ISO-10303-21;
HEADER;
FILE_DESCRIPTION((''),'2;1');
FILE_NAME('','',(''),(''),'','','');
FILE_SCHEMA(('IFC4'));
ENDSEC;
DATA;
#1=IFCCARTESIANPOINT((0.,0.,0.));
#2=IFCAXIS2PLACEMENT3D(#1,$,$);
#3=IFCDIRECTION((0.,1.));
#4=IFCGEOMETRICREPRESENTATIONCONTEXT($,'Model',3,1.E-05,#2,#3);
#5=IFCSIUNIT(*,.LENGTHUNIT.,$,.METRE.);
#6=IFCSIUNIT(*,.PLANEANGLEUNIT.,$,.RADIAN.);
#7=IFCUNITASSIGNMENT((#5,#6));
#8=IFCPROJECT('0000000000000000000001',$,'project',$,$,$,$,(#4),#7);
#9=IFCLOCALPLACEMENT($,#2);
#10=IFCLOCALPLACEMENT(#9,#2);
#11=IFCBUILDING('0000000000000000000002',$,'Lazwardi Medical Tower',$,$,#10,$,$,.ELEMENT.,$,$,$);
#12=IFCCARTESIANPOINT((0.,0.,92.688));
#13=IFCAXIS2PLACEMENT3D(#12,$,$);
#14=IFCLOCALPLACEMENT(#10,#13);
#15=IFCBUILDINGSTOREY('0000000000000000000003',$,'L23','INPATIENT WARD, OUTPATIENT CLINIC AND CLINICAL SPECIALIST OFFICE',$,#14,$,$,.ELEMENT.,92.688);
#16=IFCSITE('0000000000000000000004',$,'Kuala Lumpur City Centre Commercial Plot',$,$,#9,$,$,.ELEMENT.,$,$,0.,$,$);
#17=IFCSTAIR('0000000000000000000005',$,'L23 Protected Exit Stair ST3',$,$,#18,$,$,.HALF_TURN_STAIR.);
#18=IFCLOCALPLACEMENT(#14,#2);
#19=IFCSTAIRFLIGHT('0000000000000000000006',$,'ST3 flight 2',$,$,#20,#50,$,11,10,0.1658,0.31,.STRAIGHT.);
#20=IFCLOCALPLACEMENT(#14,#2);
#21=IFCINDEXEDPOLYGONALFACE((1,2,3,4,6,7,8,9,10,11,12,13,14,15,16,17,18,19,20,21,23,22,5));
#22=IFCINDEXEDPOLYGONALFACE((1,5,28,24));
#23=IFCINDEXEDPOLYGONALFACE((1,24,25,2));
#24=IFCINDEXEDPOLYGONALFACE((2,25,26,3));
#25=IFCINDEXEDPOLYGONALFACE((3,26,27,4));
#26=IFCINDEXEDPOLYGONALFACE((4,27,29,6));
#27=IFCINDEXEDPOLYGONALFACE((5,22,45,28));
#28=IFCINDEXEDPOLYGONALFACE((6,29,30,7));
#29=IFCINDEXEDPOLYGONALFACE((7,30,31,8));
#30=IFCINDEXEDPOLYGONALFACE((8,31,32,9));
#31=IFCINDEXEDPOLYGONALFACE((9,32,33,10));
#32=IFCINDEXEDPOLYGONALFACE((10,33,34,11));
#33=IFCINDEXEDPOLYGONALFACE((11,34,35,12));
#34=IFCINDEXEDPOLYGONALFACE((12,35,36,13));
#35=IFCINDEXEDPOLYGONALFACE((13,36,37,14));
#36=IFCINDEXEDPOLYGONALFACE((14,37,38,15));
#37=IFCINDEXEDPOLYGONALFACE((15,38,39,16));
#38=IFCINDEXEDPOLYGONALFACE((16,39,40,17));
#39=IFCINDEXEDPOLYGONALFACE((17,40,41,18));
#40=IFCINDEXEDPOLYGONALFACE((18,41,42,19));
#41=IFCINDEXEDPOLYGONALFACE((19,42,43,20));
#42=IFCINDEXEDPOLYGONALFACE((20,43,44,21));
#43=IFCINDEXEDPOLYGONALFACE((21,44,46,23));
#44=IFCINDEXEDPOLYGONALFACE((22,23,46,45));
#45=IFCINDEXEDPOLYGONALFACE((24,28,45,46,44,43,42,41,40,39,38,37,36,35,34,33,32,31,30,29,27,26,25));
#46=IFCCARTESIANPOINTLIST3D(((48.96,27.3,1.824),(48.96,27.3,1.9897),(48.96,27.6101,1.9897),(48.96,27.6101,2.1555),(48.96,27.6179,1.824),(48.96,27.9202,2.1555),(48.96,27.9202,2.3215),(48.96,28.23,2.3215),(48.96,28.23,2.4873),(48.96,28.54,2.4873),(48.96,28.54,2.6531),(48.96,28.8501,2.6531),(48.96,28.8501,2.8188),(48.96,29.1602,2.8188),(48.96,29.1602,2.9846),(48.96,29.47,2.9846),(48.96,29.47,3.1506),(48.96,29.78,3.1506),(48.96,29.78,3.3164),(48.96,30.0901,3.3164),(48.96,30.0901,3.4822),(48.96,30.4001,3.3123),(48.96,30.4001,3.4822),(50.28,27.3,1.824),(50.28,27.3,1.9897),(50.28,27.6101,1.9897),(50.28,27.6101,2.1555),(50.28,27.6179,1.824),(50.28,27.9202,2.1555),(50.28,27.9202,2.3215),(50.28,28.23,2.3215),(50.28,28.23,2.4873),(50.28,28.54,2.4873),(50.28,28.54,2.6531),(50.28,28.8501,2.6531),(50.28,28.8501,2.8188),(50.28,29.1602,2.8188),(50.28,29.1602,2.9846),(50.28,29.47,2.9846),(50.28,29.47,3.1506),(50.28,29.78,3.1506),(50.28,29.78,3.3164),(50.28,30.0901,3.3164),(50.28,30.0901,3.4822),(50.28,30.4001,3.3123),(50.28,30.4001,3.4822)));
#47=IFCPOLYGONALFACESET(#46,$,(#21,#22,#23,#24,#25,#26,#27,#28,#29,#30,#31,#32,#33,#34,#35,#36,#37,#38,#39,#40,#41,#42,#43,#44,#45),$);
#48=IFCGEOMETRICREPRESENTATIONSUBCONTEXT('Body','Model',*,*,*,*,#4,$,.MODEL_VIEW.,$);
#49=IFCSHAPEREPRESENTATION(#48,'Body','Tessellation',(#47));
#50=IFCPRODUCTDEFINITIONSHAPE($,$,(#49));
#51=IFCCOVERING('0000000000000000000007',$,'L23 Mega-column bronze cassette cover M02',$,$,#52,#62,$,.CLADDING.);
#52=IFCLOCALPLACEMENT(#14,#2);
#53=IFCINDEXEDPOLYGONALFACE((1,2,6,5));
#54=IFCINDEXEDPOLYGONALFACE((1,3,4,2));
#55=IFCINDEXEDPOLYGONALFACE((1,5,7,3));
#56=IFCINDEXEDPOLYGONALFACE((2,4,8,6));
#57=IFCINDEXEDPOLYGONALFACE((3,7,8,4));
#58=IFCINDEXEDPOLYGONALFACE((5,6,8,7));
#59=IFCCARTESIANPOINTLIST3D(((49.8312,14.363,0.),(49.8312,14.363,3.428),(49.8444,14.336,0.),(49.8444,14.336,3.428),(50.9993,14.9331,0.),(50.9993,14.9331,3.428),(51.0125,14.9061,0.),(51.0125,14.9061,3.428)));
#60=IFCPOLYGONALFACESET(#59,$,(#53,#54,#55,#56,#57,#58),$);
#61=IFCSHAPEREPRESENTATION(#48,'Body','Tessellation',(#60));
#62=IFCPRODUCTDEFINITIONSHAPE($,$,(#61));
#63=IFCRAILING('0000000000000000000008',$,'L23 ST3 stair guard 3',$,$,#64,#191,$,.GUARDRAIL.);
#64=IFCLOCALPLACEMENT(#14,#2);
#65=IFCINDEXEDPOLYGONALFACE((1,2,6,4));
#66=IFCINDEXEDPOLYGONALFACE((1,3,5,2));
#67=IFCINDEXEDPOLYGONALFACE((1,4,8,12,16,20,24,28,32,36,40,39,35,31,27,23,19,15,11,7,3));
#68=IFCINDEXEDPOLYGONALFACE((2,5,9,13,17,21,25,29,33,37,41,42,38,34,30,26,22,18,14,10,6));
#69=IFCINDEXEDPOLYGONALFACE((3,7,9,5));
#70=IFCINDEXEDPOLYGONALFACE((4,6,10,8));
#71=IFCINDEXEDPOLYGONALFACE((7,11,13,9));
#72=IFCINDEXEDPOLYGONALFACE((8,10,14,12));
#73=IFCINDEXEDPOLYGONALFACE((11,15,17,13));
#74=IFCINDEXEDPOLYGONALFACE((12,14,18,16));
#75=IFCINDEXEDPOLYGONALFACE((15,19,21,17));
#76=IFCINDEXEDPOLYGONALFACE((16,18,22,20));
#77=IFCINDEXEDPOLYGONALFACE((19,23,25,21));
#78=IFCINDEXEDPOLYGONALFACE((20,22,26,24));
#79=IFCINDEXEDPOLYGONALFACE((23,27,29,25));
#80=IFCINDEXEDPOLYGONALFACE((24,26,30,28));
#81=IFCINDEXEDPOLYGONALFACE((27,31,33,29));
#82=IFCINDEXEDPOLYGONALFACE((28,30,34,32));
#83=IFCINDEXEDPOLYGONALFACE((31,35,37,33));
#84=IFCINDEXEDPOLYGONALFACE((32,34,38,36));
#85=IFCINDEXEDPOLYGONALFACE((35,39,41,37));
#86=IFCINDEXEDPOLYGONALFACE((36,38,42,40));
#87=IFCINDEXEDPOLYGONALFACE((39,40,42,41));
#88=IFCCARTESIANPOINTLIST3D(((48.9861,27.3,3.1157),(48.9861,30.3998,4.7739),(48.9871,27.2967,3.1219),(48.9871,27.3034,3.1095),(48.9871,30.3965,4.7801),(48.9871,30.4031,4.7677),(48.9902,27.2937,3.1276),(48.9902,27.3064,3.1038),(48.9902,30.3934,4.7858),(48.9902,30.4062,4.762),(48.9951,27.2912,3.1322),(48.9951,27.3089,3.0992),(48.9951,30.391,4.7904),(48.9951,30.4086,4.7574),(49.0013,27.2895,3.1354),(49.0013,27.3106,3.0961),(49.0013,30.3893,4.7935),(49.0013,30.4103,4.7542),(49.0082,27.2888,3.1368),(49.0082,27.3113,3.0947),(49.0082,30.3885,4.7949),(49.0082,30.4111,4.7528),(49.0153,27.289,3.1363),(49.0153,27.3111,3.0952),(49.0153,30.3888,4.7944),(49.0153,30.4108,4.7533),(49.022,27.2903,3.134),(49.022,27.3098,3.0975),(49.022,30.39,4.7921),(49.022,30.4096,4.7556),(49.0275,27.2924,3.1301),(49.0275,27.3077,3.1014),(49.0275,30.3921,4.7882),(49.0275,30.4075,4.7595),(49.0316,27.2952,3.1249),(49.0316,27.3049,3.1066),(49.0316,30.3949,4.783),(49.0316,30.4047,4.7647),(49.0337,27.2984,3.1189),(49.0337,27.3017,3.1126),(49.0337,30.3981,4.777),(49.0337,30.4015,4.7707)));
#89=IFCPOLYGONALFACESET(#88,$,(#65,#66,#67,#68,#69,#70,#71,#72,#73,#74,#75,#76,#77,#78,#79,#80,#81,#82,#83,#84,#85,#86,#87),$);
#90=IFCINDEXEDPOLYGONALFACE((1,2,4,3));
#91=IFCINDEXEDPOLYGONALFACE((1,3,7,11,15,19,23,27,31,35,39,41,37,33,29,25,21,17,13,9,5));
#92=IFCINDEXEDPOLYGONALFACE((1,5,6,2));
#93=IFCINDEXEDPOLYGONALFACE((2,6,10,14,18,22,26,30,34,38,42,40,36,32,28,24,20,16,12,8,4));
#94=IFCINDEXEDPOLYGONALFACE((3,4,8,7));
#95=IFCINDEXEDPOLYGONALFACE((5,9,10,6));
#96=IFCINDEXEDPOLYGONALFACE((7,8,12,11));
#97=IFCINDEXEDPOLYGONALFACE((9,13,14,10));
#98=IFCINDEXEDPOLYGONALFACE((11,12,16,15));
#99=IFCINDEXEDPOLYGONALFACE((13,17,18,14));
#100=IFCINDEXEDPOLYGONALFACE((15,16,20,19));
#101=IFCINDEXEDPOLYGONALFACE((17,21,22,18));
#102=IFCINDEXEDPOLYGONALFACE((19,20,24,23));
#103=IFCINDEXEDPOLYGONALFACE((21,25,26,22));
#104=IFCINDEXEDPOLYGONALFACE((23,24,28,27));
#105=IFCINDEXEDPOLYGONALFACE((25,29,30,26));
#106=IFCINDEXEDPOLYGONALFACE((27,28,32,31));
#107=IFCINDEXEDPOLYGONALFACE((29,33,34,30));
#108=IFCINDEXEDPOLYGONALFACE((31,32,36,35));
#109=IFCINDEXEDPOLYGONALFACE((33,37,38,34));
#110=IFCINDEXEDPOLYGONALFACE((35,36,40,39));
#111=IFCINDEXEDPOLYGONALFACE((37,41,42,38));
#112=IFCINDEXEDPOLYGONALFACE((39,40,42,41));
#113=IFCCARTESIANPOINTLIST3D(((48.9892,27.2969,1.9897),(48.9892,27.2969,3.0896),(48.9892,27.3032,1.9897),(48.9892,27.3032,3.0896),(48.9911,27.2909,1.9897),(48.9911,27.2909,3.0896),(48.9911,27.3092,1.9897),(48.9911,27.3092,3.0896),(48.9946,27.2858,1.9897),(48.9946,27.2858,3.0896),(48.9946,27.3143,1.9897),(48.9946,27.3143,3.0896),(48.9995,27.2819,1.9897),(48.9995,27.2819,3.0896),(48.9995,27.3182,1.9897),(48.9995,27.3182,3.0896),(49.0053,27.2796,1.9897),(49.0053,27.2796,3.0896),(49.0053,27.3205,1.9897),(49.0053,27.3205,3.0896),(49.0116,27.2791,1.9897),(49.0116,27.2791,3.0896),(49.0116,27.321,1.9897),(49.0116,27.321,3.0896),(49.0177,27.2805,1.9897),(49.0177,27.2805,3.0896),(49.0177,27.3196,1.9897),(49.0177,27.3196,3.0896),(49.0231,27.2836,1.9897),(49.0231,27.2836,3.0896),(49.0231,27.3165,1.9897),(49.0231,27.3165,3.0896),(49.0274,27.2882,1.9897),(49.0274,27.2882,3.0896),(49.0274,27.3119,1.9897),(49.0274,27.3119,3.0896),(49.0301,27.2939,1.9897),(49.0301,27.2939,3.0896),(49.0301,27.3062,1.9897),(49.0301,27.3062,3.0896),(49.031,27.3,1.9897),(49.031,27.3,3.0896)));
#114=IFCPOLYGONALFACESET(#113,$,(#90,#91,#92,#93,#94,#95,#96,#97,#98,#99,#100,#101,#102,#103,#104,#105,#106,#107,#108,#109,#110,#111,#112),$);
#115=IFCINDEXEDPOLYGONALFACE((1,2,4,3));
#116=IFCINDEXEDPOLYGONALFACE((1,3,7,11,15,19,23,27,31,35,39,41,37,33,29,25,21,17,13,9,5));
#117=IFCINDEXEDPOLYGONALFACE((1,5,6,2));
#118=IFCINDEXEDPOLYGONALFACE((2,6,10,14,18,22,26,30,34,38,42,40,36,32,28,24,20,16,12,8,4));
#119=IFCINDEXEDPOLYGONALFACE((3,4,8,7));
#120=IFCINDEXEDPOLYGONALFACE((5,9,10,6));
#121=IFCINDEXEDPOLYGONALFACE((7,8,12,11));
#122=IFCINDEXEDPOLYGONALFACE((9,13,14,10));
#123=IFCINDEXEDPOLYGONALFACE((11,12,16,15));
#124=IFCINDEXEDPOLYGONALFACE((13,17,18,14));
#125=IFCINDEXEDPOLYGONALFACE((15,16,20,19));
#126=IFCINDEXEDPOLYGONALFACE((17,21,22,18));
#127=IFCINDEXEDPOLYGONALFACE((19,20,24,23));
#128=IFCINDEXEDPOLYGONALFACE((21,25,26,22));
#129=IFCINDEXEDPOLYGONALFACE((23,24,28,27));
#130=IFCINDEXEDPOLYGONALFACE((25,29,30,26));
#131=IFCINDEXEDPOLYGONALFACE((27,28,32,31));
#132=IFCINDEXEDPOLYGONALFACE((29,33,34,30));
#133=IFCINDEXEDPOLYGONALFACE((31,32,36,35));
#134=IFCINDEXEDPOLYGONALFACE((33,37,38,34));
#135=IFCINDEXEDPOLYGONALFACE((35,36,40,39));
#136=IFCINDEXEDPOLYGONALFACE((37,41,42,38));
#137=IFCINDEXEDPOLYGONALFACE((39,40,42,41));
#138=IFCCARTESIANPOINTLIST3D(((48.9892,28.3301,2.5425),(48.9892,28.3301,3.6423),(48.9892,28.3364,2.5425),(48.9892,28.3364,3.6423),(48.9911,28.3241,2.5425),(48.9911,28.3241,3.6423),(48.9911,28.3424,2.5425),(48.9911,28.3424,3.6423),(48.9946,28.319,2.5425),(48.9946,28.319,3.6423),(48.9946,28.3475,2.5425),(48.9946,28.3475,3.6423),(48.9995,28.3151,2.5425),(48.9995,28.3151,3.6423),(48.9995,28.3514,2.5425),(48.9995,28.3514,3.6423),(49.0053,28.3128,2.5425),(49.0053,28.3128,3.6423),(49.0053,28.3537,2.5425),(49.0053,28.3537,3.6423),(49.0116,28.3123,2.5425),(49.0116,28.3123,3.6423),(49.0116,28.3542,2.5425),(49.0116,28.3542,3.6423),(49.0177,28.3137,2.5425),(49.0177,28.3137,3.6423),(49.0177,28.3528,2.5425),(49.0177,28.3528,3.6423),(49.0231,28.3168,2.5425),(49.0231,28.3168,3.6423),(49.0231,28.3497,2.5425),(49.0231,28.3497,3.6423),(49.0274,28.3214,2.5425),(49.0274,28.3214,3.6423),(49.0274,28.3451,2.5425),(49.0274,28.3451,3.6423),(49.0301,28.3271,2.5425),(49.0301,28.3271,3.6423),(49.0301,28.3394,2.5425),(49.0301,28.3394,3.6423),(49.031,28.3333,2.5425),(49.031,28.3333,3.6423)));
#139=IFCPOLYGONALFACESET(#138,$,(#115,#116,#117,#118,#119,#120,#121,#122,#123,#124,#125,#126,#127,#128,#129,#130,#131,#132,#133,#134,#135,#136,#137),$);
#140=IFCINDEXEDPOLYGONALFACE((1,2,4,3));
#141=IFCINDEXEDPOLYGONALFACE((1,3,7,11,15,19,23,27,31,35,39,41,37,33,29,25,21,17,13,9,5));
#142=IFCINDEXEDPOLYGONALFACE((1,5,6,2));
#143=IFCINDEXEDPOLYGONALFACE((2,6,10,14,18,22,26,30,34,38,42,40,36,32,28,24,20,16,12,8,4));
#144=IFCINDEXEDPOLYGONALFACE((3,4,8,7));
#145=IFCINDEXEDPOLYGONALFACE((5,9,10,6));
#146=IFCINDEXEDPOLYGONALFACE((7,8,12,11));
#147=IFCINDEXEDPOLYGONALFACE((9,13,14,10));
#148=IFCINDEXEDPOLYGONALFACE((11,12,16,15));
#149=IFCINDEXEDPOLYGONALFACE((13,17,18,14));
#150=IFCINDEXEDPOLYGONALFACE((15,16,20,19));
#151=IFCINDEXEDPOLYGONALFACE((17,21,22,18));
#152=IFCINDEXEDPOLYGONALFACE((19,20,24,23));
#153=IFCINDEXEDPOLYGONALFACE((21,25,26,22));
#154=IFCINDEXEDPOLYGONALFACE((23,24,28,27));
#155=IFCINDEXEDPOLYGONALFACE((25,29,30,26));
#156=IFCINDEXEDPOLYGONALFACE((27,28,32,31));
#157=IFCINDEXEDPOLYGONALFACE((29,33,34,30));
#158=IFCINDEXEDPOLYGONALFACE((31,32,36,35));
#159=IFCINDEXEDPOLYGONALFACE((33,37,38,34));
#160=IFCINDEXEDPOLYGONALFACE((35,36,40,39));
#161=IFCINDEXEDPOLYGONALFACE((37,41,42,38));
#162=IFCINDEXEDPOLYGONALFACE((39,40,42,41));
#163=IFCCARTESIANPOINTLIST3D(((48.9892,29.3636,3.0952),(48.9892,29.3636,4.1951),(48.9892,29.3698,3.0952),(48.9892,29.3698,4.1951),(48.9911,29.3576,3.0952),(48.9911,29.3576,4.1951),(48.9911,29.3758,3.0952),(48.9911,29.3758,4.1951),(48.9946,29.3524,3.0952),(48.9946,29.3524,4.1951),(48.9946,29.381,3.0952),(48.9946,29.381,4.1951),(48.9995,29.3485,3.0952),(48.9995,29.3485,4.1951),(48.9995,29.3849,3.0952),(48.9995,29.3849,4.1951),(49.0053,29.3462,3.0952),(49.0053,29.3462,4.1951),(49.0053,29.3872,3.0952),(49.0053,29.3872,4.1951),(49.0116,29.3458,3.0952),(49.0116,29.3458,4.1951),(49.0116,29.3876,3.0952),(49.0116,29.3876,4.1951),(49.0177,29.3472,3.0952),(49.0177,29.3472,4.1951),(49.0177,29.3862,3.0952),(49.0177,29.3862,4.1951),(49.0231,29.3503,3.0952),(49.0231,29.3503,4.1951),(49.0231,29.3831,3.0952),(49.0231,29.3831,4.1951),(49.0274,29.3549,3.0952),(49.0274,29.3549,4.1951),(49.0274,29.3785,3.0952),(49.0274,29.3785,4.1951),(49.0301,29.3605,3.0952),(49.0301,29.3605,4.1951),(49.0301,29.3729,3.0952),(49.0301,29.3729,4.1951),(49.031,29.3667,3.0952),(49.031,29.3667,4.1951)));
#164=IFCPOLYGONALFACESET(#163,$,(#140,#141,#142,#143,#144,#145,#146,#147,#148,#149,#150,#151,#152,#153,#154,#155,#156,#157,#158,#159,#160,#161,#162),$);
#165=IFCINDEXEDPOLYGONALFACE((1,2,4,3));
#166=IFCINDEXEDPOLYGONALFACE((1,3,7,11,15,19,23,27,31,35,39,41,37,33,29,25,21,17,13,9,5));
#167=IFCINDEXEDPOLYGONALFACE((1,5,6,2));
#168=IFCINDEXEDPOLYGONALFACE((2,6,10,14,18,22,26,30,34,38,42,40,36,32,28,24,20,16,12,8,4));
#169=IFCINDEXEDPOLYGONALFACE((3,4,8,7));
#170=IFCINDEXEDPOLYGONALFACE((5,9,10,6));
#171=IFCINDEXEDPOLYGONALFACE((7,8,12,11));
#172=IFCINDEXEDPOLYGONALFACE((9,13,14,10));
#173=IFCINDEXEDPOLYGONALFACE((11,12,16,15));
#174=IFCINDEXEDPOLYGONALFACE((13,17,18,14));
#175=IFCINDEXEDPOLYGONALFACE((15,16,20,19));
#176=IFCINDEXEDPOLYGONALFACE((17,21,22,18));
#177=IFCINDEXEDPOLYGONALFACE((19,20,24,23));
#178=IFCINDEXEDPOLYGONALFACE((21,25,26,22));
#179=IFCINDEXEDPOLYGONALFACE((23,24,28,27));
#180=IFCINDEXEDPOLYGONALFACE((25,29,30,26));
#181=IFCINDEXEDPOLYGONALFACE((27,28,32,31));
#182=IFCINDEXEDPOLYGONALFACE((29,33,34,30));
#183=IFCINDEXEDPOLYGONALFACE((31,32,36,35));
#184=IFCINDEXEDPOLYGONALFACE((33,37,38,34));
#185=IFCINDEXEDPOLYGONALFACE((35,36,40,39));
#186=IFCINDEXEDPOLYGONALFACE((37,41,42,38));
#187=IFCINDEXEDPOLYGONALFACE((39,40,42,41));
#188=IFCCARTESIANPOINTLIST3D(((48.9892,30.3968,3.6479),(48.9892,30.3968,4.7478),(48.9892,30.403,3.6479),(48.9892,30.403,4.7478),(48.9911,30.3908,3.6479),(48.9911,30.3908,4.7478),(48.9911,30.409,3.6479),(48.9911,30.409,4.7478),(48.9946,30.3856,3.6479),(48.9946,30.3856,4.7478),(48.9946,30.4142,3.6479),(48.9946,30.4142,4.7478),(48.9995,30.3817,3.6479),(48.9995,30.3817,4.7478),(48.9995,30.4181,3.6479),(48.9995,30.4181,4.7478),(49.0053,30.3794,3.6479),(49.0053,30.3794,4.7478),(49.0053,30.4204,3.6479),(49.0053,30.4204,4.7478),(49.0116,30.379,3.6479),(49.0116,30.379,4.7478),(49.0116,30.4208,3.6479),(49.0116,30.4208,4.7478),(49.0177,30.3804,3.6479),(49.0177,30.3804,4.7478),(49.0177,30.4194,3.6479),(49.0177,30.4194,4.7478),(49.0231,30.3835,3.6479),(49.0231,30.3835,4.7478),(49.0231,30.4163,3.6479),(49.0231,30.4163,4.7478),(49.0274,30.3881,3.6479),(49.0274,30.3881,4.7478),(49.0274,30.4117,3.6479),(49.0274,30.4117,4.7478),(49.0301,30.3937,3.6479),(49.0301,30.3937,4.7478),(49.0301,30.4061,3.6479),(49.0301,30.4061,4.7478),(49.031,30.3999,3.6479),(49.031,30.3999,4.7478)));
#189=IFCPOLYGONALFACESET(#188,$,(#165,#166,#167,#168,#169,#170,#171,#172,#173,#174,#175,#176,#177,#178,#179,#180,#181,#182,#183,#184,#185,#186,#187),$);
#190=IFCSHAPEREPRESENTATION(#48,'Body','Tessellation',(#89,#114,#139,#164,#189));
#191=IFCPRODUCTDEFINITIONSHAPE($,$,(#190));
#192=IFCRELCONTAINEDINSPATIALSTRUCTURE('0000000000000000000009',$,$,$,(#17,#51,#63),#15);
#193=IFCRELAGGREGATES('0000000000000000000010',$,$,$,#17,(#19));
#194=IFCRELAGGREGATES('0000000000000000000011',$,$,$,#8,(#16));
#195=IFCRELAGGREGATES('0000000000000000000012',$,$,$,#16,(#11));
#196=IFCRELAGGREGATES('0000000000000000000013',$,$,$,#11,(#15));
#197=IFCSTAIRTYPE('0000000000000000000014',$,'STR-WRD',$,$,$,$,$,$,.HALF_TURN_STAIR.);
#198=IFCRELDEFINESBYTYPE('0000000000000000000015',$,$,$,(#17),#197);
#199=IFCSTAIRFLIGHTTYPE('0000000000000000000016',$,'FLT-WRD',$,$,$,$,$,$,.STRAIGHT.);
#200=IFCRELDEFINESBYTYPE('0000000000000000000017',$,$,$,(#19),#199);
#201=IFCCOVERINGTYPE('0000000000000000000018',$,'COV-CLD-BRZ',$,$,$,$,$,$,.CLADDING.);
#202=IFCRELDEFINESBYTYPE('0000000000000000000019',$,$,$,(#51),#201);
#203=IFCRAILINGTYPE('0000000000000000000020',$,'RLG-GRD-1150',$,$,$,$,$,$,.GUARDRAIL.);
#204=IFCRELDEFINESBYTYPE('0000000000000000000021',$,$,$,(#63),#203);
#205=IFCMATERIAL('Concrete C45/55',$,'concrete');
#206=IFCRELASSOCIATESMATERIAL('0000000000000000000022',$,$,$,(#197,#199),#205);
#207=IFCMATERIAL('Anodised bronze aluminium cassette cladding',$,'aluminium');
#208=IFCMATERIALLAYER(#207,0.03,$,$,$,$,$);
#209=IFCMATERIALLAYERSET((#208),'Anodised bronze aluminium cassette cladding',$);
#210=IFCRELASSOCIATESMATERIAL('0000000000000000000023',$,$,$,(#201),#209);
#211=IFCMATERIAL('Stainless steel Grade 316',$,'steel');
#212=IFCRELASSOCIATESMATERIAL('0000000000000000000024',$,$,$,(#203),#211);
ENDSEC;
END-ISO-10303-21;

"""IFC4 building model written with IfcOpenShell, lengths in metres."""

from ifc_helpers import new_model, si_unit, direction, frame, origin, origin_2d, place, context, subcontext, project, spatial, polyline, rectangle, circle, outline, extrude, material, layer, layer_set, type_object, element, aggregate, save


model = new_model("IFC4")

# Units and contexts
model_context = context("Model", 3, precision=1e-05, world=origin(), true_north=direction((0.0, 1.0)))
body_context = subcontext(model_context, "Body", "Model", "MODEL_VIEW")
ifc_project = project(units=[si_unit("LENGTHUNIT", "METRE"), si_unit("PLANEANGLEUNIT", "RADIAN")], contexts=[model_context])

# Site, building, storey
site_placement = place(None, origin())
site = spatial("IfcSite", under=ifc_project, at=site_placement, Name="Kuala Lumpur City Centre Commercial Plot", CompositionType="ELEMENT", RefElevation=0.0)
building_placement = place(site_placement, origin())
building = spatial("IfcBuilding", under=site, at=building_placement, Name="Lazwardi Medical Tower", CompositionType="ELEMENT")
storey_placement = place(building_placement, frame((0.0, 0.0, 92.688)))
storey = spatial("IfcBuildingStorey", under=building, at=storey_placement, Name="L23", Description="INPATIENT WARD, OUTPATIENT CLINIC AND CLINICAL SPECIALIST OFFICE", CompositionType="ELEMENT", Elevation=92.688)

# Stair, stair flight
ifc_material_1 = material(Name="Concrete C45/55", Category="concrete")
stair_type = type_object("IfcStairType", Name="STR-WRD", PredefinedType="HALF_TURN_STAIR", material=ifc_material_1)
stair_placement = place(storey_placement, origin())
stair = element("IfcStair", 1, at=stair_placement, inside=storey, type_object=stair_type, Name="L23 Protected Exit Stair ST3", PredefinedType="HALF_TURN_STAIR")
stair_flight_type = type_object("IfcStairFlightType", Name="FLT-WRD", PredefinedType="STRAIGHT", material=ifc_material_1)
stair_flight_placement = place(storey_placement, frame((49.6201, 27.3, 1.824), z_axis=(0.0, 0.0, 1.0), x_axis=(0.0, 1.0, 0.0)))
stair_flight = element("IfcStairFlight", 2, at=stair_flight_placement, type_object=stair_flight_type, Name="ST3 flight 2", NumberOfRisers=11, NumberOfTreads=10, PredefinedType="STRAIGHT", RiserHeight=0.1658, TreadLength=0.31, context=body_context, shape_type="SweptSolid", body=[
    extrude(outline(polyline([(0.0, 0.0), (0.0, 0.1658), (0.3101, 0.1658), (0.3101, 0.3315), (0.6201, 0.3315), (0.6201, 0.4976), (0.9299, 0.4976), (0.9299, 0.6633), (1.24, 0.6633), (1.24, 0.8291), (1.55, 0.8291), (1.55, 0.9949), (1.8601, 0.9949), (1.8601, 1.1606), (2.1699, 1.1606), (2.1699, 1.3267), (2.48, 1.3267), (2.48, 1.4924), (2.79, 1.4924), (2.79, 1.6582), (3.1001, 1.6582), (3.1001, 1.824), (3.1001, 1.4883), (0.3179, 0.0), (0.0, 0.0)])), frame((0.0, 0.6602, 0.0), z_axis=(0.0, -1.0, 0.0), x_axis=(1.0, 0.0, 0.0)), (0.0, 0.0, 1.0), 1.3201),
])
aggregate(stair, [stair_flight])

# Covering
ifc_material_2 = material(Name="Anodised bronze aluminium cassette cladding", Category="aluminium")
ifc_layer_1 = layer(ifc_material_2, 0.03)
ifc_layer_set_1 = layer_set([ifc_layer_1], Name="Anodised bronze aluminium cassette cladding")
covering_type = type_object("IfcCoveringType", Name="COV-CLD-BRZ", PredefinedType="CLADDING", material=ifc_layer_set_1)
covering_placement = place(storey_placement, frame((50.4219, 14.6345, 0.0), z_axis=(0.0, 0.0, 1.0), x_axis=(0.898679, 0.438606, 0.0)))
element("IfcCovering", 3, at=covering_placement, inside=storey, type_object=covering_type, Name="L23 Mega-column bronze cassette cover M02", PredefinedType="CLADDING", context=body_context, shape_type="SweptSolid", body=[
    extrude(rectangle(XDim=1.2998, YDim=0.03, at=origin_2d()), origin(), (0.0, 0.0, 1.0), 3.428),
])

# Railing
ifc_material_3 = material(Name="Stainless steel Grade 316", Category="steel")
railing_type_1 = type_object("IfcRailingType", Name="RLG-GRD-1150", PredefinedType="GUARDRAIL", material=ifc_material_3)
railing_1_placement = place(storey_placement, frame((49.01, 27.3, 1.9897)))
element("IfcRailing", 4, at=railing_1_placement, inside=storey, type_object=railing_type_1, Name="L23 ST3 stair guard 3", PredefinedType="GUARDRAIL", context=body_context, shape_type="SweptSolid", body=[
    extrude(circle(Radius=0.0239, at=origin_2d()), frame((0.0, 0.0, 1.126), z_axis=(0.0, 0.881768, 0.471684), x_axis=(-1.0, 0.0, 0.0)), (0.0, 0.0, 1.0), 3.5154),
    extrude(circle(Radius=0.021, at=origin_2d()), origin(), (0.0, 0.0, 1.0), 1.0999),
    extrude(circle(Radius=0.021, at=origin_2d()), frame((0.0, 1.0332, 0.5527)), (0.0, 0.0, 1.0), 1.0999),
    extrude(circle(Radius=0.021, at=origin_2d()), frame((0.0, 2.0667, 1.1055)), (0.0, 0.0, 1.0), 1.0999),
    extrude(circle(Radius=0.021, at=origin_2d()), frame((0.0, 3.0999, 1.6582)), (0.0, 0.0, 1.0), 1.0999),
])

save(model, "model.ifc")
